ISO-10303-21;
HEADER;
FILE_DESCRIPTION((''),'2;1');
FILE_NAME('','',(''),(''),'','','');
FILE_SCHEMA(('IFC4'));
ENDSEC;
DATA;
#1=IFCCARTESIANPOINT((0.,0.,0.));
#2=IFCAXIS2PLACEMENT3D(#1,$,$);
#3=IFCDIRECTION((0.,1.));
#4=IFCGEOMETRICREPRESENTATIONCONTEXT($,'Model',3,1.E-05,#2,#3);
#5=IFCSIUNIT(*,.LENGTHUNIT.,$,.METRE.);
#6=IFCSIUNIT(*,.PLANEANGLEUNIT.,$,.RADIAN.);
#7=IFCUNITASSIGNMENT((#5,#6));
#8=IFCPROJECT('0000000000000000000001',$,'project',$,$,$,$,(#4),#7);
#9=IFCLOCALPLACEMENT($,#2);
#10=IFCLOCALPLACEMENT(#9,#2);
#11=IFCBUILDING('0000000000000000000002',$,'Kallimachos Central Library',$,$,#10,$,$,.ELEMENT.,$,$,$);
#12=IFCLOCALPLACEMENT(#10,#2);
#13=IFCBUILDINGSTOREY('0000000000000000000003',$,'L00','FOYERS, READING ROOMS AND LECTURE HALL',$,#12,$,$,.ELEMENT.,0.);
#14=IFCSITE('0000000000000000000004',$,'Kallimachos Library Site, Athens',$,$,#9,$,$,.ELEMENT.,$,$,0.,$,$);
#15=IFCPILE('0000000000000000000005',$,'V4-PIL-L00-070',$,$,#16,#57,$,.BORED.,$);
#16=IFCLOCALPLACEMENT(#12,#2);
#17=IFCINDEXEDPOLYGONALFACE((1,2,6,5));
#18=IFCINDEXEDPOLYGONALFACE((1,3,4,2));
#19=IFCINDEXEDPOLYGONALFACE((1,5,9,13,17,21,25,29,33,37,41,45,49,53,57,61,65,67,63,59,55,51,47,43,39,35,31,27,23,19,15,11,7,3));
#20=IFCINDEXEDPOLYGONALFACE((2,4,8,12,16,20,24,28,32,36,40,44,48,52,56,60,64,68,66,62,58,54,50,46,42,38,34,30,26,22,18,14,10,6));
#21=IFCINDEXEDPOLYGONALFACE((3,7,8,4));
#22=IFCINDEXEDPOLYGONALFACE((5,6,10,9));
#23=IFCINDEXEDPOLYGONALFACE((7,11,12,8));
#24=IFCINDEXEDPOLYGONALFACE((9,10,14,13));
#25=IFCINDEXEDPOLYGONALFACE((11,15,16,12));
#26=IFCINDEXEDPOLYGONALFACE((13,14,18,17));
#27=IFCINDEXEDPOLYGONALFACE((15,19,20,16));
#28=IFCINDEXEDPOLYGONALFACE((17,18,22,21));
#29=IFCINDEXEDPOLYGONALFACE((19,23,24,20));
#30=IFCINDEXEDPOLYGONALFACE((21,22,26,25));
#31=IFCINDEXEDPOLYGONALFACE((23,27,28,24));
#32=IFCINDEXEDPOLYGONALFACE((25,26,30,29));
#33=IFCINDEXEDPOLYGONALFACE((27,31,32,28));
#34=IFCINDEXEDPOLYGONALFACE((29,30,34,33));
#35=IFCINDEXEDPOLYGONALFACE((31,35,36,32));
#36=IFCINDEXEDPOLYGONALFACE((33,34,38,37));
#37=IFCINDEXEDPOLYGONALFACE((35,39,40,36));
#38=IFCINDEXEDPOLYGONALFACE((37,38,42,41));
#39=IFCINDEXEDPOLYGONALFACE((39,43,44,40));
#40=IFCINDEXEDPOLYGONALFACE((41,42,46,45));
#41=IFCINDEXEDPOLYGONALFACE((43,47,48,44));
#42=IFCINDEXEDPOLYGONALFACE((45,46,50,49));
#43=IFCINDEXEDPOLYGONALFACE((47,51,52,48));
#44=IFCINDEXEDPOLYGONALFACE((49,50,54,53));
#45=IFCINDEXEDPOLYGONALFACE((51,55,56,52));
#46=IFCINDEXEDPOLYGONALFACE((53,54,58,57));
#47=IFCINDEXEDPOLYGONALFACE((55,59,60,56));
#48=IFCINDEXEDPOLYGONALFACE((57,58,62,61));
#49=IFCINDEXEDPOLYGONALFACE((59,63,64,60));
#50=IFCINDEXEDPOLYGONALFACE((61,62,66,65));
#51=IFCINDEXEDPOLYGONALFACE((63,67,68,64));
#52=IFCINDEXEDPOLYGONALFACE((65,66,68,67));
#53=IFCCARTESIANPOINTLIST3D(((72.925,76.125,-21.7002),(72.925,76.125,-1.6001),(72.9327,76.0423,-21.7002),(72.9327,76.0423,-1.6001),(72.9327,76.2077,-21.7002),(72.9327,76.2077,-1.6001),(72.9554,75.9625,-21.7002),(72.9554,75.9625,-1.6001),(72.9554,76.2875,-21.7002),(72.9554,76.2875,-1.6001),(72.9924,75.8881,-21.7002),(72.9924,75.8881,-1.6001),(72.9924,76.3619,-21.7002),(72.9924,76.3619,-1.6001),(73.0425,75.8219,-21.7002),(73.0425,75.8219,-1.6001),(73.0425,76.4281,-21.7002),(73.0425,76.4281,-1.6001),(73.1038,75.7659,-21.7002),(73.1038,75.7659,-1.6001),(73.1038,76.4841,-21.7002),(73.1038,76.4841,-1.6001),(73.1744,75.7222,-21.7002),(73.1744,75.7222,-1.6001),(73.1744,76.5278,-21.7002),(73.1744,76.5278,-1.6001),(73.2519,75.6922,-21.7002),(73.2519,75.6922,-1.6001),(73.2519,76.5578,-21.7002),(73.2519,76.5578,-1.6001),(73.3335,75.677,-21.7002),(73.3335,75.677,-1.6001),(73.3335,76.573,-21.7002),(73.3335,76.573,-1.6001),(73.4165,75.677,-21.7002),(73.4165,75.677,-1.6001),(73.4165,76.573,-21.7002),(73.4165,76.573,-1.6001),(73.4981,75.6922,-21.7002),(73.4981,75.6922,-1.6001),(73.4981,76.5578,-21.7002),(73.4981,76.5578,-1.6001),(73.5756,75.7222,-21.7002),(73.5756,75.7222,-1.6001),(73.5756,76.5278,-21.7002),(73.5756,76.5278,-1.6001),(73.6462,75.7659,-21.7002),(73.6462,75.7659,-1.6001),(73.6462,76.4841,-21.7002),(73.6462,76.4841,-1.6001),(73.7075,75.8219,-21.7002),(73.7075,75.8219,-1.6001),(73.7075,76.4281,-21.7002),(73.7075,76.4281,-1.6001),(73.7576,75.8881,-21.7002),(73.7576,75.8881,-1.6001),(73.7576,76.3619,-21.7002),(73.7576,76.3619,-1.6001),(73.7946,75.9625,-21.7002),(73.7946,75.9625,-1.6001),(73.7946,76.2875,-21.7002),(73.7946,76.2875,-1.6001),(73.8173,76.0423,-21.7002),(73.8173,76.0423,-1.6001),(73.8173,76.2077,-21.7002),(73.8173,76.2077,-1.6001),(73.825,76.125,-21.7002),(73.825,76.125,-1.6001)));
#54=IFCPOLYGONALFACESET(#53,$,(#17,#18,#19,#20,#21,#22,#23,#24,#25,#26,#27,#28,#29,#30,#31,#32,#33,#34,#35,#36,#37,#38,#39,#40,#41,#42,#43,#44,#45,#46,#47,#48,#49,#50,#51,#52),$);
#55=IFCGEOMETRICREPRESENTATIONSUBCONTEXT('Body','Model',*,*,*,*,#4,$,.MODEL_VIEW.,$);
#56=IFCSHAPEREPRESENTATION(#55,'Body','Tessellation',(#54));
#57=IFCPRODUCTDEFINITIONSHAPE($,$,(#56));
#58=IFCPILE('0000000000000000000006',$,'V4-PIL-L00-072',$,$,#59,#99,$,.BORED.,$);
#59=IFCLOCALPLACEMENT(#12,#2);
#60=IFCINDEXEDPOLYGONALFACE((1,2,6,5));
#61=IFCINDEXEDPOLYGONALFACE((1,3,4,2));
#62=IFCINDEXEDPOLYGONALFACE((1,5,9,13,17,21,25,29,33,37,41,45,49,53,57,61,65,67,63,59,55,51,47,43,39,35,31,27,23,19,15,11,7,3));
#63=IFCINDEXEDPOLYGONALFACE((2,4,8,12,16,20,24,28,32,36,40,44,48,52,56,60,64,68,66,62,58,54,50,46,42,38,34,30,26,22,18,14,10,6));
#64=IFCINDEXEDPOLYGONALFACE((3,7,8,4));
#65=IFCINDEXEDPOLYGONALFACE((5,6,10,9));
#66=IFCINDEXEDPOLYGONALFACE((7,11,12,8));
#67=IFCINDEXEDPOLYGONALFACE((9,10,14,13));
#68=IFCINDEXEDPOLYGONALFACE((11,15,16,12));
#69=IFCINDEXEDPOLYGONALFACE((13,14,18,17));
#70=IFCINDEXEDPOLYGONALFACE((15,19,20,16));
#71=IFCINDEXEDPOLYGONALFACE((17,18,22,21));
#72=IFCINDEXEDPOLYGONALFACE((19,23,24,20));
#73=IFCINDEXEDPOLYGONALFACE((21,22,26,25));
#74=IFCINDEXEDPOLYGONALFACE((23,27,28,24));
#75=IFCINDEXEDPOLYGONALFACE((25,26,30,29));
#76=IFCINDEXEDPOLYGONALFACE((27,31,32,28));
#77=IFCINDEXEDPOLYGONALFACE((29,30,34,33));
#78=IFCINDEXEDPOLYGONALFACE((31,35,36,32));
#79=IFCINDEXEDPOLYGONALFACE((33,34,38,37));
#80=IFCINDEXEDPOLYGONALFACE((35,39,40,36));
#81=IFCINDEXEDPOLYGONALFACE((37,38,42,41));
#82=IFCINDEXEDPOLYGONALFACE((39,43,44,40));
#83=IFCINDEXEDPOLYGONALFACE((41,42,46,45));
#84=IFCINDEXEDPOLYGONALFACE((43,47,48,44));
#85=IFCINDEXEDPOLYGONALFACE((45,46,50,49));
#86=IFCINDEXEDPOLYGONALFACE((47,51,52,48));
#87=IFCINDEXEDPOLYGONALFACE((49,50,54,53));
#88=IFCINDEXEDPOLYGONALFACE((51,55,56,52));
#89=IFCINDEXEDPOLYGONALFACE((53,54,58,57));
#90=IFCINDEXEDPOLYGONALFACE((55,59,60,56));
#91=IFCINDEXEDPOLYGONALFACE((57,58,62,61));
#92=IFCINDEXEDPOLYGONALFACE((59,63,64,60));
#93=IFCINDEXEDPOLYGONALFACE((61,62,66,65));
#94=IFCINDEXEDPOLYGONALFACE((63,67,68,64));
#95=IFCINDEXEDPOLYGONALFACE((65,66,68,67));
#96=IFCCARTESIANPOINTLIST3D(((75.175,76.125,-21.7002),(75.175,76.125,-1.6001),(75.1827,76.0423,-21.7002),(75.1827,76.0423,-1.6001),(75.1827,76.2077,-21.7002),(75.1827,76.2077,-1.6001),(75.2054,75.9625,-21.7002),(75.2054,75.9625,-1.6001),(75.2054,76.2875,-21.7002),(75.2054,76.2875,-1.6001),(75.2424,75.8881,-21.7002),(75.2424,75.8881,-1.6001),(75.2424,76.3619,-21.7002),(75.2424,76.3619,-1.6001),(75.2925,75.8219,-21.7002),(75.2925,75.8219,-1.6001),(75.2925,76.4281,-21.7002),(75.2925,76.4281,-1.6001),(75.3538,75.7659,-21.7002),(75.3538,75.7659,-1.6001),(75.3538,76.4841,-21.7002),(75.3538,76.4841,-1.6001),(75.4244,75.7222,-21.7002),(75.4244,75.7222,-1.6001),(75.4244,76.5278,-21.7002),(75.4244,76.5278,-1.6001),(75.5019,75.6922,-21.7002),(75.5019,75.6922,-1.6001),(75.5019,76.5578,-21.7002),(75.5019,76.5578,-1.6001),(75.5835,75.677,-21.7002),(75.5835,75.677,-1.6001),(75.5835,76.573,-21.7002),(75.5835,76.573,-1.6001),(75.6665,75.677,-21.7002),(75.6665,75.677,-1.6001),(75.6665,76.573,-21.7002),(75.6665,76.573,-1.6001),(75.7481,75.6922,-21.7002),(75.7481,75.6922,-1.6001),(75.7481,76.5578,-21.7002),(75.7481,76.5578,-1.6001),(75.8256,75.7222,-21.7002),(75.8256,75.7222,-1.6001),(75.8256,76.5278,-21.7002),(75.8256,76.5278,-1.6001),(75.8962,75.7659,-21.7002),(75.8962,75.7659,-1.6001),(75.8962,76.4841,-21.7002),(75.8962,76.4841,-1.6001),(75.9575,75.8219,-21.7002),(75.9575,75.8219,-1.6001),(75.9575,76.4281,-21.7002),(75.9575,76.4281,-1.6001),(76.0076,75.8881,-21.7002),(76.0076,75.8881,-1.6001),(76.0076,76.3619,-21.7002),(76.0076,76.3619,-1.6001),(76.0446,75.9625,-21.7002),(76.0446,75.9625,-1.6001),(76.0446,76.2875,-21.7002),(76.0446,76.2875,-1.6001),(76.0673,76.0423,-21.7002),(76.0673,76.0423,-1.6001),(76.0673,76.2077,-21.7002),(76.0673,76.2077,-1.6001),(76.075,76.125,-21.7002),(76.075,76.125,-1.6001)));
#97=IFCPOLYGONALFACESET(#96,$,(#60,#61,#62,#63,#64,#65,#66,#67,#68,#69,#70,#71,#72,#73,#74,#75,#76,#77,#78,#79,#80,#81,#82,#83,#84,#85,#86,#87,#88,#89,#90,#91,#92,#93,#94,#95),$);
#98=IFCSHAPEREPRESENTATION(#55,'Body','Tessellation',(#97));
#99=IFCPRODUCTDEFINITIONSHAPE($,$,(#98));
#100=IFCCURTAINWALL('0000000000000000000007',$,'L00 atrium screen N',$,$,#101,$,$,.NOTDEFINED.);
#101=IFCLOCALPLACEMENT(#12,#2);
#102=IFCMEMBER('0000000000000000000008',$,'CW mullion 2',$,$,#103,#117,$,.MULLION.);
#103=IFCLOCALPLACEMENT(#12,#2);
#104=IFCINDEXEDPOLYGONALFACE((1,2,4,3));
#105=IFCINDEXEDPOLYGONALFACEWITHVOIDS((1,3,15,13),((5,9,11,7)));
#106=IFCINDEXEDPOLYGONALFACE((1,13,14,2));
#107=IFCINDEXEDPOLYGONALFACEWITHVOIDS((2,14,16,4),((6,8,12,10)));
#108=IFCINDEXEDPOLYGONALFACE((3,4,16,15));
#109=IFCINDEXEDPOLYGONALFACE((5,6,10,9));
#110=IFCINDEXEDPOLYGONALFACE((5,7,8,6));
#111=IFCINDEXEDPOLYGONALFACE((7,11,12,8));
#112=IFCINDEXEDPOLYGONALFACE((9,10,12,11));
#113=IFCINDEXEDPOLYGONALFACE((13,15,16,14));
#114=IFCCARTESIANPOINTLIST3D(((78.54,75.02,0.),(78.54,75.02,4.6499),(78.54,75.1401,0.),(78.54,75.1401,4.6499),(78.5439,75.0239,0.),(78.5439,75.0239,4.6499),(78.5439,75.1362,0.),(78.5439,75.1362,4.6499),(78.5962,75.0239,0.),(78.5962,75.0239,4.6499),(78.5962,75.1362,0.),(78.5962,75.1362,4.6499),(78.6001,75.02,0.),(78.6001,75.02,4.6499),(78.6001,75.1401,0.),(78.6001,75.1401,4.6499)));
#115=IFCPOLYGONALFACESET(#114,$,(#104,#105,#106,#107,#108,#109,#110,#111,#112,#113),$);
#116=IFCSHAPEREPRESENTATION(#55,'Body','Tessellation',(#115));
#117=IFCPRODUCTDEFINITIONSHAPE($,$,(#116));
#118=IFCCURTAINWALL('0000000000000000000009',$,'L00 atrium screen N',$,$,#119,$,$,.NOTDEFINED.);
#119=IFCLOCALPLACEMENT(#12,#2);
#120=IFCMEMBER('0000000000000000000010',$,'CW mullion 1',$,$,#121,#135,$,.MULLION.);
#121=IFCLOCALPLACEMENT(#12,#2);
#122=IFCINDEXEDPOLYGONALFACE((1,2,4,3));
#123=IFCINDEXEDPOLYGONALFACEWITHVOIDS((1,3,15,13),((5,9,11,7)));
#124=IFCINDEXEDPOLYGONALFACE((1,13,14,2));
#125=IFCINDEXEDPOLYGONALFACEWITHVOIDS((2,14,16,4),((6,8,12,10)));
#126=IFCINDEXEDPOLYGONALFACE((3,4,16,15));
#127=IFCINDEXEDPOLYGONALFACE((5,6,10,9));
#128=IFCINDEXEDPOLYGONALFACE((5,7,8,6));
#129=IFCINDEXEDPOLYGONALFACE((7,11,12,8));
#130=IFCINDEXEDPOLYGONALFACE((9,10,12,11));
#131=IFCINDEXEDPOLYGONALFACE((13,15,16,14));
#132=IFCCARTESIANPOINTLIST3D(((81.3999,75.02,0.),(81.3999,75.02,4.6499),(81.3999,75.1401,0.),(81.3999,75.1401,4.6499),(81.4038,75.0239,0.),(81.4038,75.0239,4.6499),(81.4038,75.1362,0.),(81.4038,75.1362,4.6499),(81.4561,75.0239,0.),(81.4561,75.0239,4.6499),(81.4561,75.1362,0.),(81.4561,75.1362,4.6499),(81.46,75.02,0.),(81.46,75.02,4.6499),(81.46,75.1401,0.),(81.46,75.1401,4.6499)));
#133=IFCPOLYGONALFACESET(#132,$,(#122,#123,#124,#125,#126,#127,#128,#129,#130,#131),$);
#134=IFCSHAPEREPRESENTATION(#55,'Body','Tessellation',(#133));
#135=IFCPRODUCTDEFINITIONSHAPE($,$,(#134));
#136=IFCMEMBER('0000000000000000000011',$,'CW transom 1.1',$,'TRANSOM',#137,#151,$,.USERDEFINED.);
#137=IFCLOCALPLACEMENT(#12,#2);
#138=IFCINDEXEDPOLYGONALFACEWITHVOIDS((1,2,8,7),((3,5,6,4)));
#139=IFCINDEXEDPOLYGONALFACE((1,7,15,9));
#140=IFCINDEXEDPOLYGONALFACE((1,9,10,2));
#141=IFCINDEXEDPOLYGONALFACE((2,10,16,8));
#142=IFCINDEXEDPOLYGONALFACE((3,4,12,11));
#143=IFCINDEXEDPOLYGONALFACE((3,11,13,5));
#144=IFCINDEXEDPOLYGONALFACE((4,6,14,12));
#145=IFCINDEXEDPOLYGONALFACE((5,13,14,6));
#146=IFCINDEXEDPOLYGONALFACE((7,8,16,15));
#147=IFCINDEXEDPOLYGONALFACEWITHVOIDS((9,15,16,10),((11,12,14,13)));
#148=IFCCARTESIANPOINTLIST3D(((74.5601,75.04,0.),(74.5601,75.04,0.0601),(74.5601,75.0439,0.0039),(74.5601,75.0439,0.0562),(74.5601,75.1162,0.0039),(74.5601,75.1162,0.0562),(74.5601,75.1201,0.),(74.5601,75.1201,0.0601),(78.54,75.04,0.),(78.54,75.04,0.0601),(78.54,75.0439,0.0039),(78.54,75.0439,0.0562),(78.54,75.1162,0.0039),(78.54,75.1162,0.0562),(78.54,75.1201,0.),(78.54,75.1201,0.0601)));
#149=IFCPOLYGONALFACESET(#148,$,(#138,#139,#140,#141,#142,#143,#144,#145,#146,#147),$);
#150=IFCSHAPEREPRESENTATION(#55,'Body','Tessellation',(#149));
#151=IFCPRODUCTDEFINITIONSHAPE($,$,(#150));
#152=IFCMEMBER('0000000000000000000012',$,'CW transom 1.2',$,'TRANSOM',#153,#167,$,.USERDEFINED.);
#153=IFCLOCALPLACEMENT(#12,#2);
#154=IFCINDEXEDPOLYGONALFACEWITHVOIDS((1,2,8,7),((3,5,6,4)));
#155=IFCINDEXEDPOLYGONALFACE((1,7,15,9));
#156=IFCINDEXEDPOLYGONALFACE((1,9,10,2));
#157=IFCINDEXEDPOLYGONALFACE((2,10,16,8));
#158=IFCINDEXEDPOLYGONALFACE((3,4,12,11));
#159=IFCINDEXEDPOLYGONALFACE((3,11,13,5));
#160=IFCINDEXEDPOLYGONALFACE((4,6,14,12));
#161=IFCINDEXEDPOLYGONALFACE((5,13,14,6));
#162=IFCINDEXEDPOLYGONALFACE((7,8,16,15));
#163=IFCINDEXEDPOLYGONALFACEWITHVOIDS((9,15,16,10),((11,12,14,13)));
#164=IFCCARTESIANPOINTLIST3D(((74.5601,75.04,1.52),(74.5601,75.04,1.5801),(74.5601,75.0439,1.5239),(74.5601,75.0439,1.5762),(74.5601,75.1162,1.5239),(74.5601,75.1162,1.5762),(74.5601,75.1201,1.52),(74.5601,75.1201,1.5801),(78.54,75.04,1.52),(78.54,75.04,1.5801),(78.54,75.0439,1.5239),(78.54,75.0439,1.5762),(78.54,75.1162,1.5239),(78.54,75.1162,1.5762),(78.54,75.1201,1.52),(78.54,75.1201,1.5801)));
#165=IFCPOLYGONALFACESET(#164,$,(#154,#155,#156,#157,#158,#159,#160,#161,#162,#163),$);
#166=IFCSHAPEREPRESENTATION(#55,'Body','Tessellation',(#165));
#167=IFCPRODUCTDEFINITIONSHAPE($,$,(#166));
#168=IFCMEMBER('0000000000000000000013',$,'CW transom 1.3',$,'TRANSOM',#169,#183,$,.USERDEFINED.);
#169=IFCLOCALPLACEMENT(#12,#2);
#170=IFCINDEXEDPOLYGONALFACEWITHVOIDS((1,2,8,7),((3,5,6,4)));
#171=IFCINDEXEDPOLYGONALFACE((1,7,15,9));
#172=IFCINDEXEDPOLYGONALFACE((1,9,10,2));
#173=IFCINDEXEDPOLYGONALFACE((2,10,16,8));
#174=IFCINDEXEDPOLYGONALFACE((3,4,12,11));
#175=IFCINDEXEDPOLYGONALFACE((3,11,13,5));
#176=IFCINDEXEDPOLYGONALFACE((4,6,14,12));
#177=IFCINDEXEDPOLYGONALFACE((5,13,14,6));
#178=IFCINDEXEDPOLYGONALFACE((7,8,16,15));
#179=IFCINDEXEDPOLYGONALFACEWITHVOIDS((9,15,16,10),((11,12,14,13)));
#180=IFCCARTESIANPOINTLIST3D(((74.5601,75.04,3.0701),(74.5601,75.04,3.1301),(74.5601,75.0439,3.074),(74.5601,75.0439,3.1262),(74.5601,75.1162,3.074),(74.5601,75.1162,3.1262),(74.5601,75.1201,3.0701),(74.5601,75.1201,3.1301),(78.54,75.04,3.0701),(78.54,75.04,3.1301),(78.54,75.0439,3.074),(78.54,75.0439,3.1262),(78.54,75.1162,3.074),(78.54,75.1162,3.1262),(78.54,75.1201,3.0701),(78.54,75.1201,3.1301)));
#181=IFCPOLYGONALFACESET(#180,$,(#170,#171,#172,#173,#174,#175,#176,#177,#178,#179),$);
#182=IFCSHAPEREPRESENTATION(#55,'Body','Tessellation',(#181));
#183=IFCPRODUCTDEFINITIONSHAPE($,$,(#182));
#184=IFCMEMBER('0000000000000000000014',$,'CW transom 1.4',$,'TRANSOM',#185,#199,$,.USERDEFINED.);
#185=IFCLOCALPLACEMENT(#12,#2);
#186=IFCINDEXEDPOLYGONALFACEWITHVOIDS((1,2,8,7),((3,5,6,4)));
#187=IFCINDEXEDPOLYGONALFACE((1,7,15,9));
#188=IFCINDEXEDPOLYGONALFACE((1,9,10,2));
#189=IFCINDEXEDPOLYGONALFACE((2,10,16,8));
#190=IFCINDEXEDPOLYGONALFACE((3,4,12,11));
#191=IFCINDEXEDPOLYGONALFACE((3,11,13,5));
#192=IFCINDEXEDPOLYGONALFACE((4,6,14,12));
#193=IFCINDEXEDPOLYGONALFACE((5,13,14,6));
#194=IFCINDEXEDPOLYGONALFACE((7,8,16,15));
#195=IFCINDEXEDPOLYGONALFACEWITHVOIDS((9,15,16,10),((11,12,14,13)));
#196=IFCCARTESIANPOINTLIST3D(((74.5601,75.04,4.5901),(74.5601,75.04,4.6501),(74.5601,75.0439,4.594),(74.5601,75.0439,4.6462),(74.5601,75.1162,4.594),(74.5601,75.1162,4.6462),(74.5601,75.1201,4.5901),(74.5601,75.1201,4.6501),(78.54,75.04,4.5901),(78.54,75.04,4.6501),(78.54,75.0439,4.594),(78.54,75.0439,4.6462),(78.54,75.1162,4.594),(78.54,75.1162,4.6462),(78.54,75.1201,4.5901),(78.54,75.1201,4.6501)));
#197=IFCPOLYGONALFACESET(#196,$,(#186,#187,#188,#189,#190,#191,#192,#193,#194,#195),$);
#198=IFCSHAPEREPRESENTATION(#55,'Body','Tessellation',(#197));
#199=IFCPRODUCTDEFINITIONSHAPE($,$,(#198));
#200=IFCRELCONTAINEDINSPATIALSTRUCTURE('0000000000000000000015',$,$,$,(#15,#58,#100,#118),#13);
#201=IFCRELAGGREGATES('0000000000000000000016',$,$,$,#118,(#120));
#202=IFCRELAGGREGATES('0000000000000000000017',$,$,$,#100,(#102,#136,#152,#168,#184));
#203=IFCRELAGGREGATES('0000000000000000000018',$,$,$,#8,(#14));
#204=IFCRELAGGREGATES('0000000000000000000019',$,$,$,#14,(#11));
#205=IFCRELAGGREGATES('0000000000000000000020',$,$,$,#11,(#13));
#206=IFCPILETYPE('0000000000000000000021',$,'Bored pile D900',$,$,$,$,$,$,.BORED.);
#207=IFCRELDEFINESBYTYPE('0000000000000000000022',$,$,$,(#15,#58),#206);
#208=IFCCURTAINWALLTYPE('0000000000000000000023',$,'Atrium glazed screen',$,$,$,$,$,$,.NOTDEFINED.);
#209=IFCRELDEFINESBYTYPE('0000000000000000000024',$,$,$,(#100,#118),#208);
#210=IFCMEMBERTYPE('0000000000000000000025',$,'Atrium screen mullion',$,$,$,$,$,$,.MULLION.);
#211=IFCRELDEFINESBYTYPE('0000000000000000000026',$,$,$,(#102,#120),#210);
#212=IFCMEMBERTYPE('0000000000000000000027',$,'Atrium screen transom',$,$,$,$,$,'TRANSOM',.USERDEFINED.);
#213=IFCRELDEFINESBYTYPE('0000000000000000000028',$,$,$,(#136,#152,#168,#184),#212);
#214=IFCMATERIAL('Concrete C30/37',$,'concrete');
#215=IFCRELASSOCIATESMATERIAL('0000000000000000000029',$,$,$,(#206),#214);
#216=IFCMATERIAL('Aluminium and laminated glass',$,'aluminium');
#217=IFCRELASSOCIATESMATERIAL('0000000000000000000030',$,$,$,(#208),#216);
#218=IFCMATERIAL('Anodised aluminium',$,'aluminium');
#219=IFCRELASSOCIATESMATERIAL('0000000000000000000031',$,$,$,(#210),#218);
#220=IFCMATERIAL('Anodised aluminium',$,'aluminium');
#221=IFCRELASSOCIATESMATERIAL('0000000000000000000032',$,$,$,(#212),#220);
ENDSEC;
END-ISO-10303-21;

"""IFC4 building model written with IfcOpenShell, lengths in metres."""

from ifc_helpers import new_model, si_unit, direction, frame, origin, origin_2d, place, context, subcontext, project, spatial, hollow_rectangle, circle, extrude, material, material_profile, profile_set, type_object, element, aggregate, save


model = new_model("IFC4")

# Units and contexts
model_context = context("Model", 3, precision=1e-05, world=origin(), true_north=direction((0.0, 1.0)))
body_context = subcontext(model_context, "Body", "Model", "MODEL_VIEW")
ifc_project = project(units=[si_unit("LENGTHUNIT", "METRE"), si_unit("PLANEANGLEUNIT", "RADIAN")], contexts=[model_context])

# Site, building, storey
site_placement = place(None, origin())
site = spatial("IfcSite", under=ifc_project, at=site_placement, Name="Kallimachos Library Site, Athens", CompositionType="ELEMENT", RefElevation=0.0)
building_placement = place(site_placement, origin())
building = spatial("IfcBuilding", under=site, at=building_placement, Name="Kallimachos Central Library", CompositionType="ELEMENT")
storey_placement = place(building_placement, origin())
storey = spatial("IfcBuildingStorey", under=building, at=storey_placement, Name="L00", Description="FOYERS, READING ROOMS AND LECTURE HALL", CompositionType="ELEMENT", Elevation=0.0)

# Piles
ifc_material_1 = material(Name="Concrete C30/37", Category="concrete")
pile_type = type_object("IfcPileType", Name="Bored pile D900", PredefinedType="BORED", material=ifc_material_1)
for number, where, z_axis, x_axis, name in (
    (1, (73.375, 76.125, -1.6001), (0.0, 0.0, -1.0), (1.0, 0.0, 0.0), "V4-PIL-L00-070"),
    (2, (75.625, 76.125, -1.6001), (0.0, 0.0, -1.0), (1.0, 0.0, 0.0), "V4-PIL-L00-072"),
):
    element("IfcPile", number, at=place(storey_placement, frame(where, z_axis=z_axis, x_axis=x_axis)), inside=storey, type_object=pile_type, Name=name, PredefinedType="BORED", context=body_context, shape_type="SweptSolid", body=[
        extrude(circle(Radius=0.45, at=origin_2d()), origin(), (0.0, 0.0, 1.0), 20.1001),
    ])

# Curtain walls, members
ifc_material_2 = material(Name="Aluminium and laminated glass", Category="aluminium")
curtain_wall_type = type_object("IfcCurtainWallType", Name="Atrium glazed screen", PredefinedType="NOTDEFINED", material=ifc_material_2)
curtain_wall_1_placement = place(storey_placement, origin())
curtain_wall_1 = element("IfcCurtainWall", 3, at=curtain_wall_1_placement, inside=storey, type_object=curtain_wall_type, Name="L00 atrium screen N", PredefinedType="NOTDEFINED")
ifc_material_3 = material(Name="Anodised aluminium", Category="aluminium")
ifc_material_profile_1 = material_profile(ifc_material_3, hollow_rectangle(XDim=0.0601, YDim=0.1201, WallThickness=0.0039, at=origin_2d()), Name="ALU MULLION 60x120")
ifc_profile_set_1 = profile_set([ifc_material_profile_1], Name="Anodised aluminium")
member_type_1 = type_object("IfcMemberType", Name="Atrium screen mullion", PredefinedType="MULLION", material=ifc_profile_set_1)
member_1_placement = place(storey_placement, frame((78.5701, 75.0801, 0.0), z_axis=(0.0, 0.0, 1.0), x_axis=(1.0, 0.0, 0.0)))
member_1 = element("IfcMember", 4, at=member_1_placement, type_object=member_type_1, Name="CW mullion 2", PredefinedType="MULLION", context=body_context, shape_type="SweptSolid", body=[
    extrude(hollow_rectangle(XDim=0.0601, YDim=0.1201, WallThickness=0.0039, at=origin_2d()), origin(), (0.0, 0.0, 1.0), 4.6499),
])
curtain_wall_2_placement = place(storey_placement, origin())
curtain_wall_2 = element("IfcCurtainWall", 5, at=curtain_wall_2_placement, inside=storey, type_object=curtain_wall_type, Name="L00 atrium screen N", PredefinedType="NOTDEFINED")
member_2_placement = place(storey_placement, frame((81.4299, 75.0801, 0.0), z_axis=(0.0, 0.0, 1.0), x_axis=(1.0, 0.0, 0.0)))
member_2 = element("IfcMember", 6, at=member_2_placement, type_object=member_type_1, Name="CW mullion 1", PredefinedType="MULLION", context=body_context, shape_type="SweptSolid", body=[
    extrude(hollow_rectangle(XDim=0.0601, YDim=0.1201, WallThickness=0.0039, at=origin_2d()), origin(), (0.0, 0.0, 1.0), 4.6499),
])

# Members
ifc_material_4 = material(Name="Anodised aluminium", Category="aluminium")
ifc_material_profile_2 = material_profile(ifc_material_4, hollow_rectangle(XDim=0.0601, YDim=0.0801, WallThickness=0.0039, at=origin_2d()), Name="ALU TRANSOM 60x80")
ifc_profile_set_2 = profile_set([ifc_material_profile_2], Name="Anodised aluminium")
member_type_2 = type_object("IfcMemberType", Name="Atrium screen transom", ElementType="TRANSOM", PredefinedType="USERDEFINED", material=ifc_profile_set_2)
member_3_placement = place(storey_placement, frame((74.5601, 75.0801, 0.03), z_axis=(1.0, 0.0, 0.0), x_axis=(0.0, 0.0, 1.0)))
member_3 = element("IfcMember", 7, at=member_3_placement, type_object=member_type_2, Name="CW transom 1.1", ObjectType="TRANSOM", PredefinedType="USERDEFINED", context=body_context, shape_type="SweptSolid", body=[
    extrude(hollow_rectangle(XDim=0.0601, YDim=0.0801, WallThickness=0.0039, at=origin_2d()), origin(), (0.0, 0.0, 1.0), 3.98),
])
member_4_placement = place(storey_placement, frame((74.5601, 75.0801, 1.55), z_axis=(1.0, 0.0, 0.0), x_axis=(0.0, 0.0, 1.0)))
member_4 = element("IfcMember", 8, at=member_4_placement, type_object=member_type_2, Name="CW transom 1.2", ObjectType="TRANSOM", PredefinedType="USERDEFINED", context=body_context, shape_type="SweptSolid", body=[
    extrude(hollow_rectangle(XDim=0.0601, YDim=0.0801, WallThickness=0.0039, at=origin_2d()), origin(), (0.0, 0.0, 1.0), 3.98),
])
member_5_placement = place(storey_placement, frame((74.5601, 75.0801, 3.1001), z_axis=(1.0, 0.0, 0.0), x_axis=(0.0, 0.0, 1.0)))
member_5 = element("IfcMember", 9, at=member_5_placement, type_object=member_type_2, Name="CW transom 1.3", ObjectType="TRANSOM", PredefinedType="USERDEFINED", context=body_context, shape_type="SweptSolid", body=[
    extrude(hollow_rectangle(XDim=0.0601, YDim=0.0801, WallThickness=0.0039, at=origin_2d()), origin(), (0.0, 0.0, 1.0), 3.98),
])
member_6_placement = place(storey_placement, frame((74.5601, 75.0801, 4.6201), z_axis=(1.0, 0.0, 0.0), x_axis=(0.0, 0.0, 1.0)))
member_6 = element("IfcMember", 10, at=member_6_placement, type_object=member_type_2, Name="CW transom 1.4", ObjectType="TRANSOM", PredefinedType="USERDEFINED", context=body_context, shape_type="SweptSolid", body=[
    extrude(hollow_rectangle(XDim=0.0601, YDim=0.0801, WallThickness=0.0039, at=origin_2d()), origin(), (0.0, 0.0, 1.0), 3.98),
])
aggregate(curtain_wall_2, [member_2])

aggregate(curtain_wall_1, [member_1, member_3, member_4, member_5, member_6])

save(model, "model.ifc")
